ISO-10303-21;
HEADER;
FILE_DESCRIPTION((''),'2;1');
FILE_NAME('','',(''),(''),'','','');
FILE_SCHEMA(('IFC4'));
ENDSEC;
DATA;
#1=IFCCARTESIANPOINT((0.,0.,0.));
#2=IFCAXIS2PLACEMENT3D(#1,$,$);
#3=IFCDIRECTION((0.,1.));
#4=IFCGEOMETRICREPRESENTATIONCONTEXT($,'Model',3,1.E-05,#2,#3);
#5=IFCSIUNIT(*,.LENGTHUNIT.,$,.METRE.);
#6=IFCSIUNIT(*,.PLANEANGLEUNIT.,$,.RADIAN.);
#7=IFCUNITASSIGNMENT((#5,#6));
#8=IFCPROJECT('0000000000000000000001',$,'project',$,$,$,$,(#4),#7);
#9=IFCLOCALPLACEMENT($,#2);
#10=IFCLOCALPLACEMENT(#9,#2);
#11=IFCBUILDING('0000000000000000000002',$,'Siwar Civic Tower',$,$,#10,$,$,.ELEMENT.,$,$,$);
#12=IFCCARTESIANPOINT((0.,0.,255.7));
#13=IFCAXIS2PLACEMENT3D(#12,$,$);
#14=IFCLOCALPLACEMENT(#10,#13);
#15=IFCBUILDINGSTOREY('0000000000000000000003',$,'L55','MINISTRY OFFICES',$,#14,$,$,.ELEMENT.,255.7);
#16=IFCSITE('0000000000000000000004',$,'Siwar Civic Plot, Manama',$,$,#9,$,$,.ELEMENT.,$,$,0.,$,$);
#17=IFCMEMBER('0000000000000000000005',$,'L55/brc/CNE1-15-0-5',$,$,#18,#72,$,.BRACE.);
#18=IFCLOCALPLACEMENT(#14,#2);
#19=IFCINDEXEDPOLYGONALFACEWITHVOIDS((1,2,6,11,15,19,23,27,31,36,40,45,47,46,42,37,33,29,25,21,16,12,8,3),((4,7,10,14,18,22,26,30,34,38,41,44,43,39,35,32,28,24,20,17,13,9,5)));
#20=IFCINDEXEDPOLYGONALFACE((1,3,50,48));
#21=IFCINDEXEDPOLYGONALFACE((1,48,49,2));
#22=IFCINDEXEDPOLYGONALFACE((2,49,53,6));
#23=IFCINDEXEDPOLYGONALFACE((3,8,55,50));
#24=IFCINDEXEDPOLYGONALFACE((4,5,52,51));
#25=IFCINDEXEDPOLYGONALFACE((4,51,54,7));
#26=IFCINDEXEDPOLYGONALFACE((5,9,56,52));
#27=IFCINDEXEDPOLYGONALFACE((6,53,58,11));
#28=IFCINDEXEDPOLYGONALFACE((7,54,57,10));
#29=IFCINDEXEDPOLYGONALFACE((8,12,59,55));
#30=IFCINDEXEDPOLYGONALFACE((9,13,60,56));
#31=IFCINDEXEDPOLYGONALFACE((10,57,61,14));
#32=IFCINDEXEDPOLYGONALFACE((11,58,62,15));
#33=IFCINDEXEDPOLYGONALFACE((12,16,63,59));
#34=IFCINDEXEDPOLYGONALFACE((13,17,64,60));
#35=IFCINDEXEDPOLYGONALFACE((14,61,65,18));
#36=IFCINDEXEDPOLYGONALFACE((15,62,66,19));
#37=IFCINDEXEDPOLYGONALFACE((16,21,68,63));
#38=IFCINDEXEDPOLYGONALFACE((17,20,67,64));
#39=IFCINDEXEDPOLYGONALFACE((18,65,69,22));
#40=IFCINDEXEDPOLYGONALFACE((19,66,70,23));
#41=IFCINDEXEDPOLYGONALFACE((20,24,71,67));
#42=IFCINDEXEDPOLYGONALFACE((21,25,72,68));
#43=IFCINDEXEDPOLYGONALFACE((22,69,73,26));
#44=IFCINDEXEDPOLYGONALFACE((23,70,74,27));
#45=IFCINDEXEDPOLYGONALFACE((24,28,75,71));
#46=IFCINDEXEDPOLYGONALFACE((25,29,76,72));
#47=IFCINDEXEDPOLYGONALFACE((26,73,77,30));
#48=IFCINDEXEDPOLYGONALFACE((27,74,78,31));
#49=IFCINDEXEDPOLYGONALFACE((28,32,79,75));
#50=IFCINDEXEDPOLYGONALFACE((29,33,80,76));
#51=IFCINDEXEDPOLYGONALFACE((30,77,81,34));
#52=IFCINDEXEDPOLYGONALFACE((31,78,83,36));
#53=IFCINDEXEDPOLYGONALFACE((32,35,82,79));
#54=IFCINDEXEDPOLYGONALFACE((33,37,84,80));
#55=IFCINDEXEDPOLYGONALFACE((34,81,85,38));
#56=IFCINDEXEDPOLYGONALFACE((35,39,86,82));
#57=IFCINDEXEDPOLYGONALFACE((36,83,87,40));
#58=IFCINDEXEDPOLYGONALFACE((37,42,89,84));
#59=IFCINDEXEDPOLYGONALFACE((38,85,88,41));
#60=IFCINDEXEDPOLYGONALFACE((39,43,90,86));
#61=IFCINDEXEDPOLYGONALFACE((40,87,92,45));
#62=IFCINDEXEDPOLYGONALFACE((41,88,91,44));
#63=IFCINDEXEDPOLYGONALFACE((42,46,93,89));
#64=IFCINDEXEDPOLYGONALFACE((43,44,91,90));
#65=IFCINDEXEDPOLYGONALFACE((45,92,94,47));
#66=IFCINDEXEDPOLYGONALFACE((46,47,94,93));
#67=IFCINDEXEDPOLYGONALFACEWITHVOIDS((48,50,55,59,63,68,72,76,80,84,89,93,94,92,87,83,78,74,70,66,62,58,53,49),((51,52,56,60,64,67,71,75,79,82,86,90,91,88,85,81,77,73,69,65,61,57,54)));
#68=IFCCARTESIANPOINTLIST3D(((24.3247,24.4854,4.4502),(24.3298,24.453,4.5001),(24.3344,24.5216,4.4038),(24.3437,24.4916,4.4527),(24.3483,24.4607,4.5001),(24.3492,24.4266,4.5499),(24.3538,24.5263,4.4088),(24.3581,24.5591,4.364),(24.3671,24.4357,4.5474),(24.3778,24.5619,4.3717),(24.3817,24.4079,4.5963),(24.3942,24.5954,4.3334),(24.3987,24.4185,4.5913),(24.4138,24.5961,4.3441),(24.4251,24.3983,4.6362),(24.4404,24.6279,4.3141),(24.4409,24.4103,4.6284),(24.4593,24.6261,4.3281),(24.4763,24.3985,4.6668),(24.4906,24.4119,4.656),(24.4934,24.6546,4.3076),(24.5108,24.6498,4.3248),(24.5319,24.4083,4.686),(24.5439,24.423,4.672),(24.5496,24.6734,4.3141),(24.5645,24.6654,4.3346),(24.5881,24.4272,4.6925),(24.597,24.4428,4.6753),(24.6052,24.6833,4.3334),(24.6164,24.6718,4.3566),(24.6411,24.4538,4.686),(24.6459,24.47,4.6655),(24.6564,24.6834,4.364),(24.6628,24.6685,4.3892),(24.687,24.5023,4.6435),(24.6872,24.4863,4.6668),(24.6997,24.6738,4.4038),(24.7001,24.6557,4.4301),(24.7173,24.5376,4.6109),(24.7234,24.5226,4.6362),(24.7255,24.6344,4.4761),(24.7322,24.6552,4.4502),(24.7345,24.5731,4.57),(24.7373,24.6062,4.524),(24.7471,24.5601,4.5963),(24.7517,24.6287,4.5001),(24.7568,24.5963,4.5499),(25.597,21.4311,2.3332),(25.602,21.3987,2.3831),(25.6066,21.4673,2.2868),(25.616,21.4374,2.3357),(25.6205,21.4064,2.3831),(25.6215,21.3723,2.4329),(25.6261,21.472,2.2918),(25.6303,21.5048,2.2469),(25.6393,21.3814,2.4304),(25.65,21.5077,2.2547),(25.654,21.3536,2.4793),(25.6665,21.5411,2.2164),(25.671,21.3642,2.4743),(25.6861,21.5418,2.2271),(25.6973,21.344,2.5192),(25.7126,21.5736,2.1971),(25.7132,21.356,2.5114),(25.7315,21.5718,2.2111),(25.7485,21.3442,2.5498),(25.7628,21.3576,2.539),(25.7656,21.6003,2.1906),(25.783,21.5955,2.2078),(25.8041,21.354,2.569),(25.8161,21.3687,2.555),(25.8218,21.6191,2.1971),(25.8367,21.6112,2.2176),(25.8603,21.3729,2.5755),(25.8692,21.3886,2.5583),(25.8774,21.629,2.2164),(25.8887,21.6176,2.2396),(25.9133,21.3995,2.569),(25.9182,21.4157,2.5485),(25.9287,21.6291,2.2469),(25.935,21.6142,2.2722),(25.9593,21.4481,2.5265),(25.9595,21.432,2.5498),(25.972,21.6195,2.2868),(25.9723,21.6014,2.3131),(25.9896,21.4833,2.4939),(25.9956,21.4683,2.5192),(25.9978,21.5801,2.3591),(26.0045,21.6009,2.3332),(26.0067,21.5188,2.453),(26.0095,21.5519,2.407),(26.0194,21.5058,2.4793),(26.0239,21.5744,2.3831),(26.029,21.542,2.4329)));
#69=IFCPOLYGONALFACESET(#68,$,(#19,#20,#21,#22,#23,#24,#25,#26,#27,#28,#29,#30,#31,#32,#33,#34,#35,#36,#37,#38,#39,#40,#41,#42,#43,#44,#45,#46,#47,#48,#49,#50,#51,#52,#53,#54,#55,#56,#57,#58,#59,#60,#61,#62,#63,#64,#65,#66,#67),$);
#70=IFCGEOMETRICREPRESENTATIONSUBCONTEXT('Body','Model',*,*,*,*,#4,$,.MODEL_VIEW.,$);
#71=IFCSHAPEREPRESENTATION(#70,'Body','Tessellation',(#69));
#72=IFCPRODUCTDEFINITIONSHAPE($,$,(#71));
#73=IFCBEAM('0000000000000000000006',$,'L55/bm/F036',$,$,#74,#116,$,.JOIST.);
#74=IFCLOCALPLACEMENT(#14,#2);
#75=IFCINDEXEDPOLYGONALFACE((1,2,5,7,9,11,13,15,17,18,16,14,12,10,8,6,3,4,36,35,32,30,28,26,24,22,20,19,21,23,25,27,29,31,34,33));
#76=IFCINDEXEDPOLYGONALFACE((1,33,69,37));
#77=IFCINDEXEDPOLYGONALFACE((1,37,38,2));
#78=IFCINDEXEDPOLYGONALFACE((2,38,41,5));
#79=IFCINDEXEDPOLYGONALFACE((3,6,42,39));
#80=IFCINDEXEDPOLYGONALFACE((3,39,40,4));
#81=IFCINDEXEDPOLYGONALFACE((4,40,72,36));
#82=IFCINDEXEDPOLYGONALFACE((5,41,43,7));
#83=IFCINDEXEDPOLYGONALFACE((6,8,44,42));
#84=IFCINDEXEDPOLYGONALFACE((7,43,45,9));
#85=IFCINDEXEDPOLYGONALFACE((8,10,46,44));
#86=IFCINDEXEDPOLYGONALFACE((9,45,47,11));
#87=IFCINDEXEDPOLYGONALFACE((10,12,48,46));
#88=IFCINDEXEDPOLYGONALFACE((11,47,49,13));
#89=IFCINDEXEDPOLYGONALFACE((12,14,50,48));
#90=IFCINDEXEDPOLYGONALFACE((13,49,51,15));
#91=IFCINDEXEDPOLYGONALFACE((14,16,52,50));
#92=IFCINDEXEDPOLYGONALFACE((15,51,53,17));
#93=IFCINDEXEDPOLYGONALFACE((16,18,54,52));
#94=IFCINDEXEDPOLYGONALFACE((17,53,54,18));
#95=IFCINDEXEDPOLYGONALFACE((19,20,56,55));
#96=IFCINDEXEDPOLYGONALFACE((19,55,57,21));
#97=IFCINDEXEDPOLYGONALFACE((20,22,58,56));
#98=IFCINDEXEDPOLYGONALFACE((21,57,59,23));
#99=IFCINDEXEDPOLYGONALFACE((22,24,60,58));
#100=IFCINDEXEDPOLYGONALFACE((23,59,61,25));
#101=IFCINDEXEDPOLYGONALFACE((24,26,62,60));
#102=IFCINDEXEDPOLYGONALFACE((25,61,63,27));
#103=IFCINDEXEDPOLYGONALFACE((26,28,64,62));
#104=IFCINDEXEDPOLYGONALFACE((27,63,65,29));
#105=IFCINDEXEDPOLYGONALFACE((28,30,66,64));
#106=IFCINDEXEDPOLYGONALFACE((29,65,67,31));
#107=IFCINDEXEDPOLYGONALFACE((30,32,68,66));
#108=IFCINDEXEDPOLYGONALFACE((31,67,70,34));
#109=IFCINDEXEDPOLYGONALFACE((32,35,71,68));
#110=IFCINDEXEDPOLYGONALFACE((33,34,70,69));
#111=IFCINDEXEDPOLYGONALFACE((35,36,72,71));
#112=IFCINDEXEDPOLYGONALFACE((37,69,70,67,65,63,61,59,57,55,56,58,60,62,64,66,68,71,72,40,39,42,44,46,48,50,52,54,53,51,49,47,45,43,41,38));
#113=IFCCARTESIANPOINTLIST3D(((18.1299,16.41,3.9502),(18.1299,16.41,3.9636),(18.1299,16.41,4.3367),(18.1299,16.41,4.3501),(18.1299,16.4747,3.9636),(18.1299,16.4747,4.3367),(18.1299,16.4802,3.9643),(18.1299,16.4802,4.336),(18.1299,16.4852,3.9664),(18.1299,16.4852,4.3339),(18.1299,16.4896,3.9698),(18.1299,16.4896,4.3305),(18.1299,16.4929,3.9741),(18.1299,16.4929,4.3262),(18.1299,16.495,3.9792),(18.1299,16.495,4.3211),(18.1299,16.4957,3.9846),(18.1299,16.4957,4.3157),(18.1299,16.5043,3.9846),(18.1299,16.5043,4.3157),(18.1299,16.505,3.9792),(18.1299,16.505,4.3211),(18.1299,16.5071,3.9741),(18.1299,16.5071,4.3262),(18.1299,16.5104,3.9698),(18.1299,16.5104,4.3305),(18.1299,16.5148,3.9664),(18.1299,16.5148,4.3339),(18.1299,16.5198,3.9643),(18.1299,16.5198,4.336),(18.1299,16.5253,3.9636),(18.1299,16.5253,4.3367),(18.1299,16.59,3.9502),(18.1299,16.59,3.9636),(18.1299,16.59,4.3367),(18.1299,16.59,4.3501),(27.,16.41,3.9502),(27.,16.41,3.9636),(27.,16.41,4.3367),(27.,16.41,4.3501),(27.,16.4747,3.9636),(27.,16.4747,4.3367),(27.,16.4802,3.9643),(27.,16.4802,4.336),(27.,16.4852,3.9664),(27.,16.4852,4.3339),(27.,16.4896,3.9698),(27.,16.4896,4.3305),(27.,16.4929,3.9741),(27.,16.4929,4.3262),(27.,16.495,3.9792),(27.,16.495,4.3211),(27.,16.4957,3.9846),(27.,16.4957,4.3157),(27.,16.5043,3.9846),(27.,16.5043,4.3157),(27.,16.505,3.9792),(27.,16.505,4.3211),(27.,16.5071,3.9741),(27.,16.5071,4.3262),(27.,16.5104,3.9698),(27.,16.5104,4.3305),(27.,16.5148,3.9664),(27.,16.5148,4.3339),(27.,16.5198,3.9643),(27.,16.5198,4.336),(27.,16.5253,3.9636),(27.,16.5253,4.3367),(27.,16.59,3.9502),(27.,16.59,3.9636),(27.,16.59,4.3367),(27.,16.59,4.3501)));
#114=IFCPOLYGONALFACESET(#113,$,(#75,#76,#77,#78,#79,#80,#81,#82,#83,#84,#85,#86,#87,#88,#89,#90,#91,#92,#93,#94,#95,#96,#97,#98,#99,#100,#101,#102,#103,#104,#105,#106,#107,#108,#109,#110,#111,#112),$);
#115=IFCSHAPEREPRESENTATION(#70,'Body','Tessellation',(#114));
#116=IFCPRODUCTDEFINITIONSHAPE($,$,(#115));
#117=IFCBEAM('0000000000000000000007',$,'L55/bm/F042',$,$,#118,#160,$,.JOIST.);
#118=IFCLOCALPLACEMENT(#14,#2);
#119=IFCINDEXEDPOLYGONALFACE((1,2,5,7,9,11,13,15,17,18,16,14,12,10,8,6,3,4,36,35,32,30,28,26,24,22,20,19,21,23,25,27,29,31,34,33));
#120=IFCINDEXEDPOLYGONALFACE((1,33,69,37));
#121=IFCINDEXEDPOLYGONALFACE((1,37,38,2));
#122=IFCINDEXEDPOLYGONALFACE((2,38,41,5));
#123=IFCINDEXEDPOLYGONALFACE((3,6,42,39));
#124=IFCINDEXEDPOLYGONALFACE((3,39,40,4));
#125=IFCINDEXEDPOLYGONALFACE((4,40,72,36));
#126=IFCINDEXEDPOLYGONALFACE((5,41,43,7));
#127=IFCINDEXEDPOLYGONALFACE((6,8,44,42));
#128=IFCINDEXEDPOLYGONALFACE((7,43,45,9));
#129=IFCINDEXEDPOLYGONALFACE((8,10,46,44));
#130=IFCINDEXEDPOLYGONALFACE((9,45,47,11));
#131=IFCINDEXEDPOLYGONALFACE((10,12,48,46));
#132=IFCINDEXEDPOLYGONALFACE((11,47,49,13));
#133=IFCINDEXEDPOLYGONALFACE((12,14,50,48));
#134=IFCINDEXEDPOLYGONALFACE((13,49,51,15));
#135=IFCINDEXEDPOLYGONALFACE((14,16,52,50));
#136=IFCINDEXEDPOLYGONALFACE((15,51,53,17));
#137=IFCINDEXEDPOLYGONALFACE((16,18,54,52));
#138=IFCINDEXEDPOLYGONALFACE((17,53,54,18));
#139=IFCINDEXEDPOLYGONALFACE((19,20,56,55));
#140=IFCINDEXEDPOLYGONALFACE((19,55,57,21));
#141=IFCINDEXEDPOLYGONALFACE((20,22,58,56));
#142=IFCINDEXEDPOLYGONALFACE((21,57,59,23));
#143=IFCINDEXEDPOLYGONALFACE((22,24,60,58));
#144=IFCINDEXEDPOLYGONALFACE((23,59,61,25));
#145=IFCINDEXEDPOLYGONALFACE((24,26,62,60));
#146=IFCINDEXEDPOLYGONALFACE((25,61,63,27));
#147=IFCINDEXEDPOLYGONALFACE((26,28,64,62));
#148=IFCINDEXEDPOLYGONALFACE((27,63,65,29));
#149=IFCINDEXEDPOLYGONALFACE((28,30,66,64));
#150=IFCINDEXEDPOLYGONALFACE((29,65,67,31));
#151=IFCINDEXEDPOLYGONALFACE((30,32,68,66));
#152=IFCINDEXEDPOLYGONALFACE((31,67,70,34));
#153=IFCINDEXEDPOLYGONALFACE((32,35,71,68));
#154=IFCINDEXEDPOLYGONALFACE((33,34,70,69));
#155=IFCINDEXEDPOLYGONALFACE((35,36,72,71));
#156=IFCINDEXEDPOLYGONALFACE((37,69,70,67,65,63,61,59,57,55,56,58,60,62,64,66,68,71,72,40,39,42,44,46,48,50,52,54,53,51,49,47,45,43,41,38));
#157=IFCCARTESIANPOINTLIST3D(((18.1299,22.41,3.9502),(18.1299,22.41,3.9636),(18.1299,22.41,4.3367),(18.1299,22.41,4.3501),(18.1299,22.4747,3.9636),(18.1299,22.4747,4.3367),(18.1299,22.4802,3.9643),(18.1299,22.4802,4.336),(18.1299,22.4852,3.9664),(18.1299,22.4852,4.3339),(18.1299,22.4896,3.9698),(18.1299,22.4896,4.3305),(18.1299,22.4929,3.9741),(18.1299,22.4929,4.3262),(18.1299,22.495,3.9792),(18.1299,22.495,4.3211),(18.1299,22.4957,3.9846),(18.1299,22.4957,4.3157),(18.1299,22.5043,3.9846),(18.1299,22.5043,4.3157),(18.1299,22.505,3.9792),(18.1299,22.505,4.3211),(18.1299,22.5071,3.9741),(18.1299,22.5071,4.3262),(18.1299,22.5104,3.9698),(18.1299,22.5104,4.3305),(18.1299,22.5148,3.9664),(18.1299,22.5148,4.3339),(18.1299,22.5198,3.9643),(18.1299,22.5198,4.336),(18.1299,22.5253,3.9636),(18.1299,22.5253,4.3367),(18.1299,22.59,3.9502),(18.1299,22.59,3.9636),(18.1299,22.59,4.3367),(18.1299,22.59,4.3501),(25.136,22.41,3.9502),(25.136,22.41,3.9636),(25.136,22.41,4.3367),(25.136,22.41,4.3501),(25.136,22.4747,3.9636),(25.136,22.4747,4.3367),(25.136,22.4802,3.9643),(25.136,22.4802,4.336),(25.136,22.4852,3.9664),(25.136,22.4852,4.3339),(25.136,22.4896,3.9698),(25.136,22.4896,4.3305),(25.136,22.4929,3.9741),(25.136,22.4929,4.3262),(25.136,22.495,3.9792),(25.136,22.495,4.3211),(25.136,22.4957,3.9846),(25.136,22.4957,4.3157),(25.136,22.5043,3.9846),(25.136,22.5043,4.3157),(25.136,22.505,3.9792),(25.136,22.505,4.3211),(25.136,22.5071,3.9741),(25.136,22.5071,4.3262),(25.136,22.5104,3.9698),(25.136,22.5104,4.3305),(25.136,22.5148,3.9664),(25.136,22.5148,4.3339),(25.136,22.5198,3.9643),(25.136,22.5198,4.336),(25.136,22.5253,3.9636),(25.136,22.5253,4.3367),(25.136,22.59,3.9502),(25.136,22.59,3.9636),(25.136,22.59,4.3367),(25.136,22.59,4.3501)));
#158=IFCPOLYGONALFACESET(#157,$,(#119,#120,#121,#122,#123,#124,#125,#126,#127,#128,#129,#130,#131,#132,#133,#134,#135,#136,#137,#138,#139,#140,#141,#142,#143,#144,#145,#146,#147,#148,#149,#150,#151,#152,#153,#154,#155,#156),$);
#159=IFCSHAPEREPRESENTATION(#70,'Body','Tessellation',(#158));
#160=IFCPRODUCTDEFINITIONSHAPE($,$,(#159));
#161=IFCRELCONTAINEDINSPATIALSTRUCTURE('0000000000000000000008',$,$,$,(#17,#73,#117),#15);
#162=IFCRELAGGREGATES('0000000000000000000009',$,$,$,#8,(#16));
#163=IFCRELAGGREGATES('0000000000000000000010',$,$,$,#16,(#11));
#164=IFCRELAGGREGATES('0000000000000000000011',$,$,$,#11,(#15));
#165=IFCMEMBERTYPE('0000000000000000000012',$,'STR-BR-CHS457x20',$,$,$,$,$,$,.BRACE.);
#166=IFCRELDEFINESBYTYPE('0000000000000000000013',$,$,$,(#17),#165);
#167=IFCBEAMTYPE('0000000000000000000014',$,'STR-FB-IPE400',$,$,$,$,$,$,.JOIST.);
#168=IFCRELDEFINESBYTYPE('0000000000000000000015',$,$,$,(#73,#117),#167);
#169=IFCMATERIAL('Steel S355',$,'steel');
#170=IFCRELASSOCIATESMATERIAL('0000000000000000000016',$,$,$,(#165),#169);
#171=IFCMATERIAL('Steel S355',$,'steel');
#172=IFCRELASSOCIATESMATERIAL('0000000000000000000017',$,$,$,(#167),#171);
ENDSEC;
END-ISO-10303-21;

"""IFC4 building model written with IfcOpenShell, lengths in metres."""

from ifc_helpers import new_model, si_unit, direction, frame, origin, origin_2d, place, context, subcontext, project, spatial, hollow_circle, i_section, extrude, material, material_profile, profile_set, type_object, element, save


model = new_model("IFC4")

# Units and contexts
model_context = context("Model", 3, precision=1e-05, world=origin(), true_north=direction((0.0, 1.0)))
body_context = subcontext(model_context, "Body", "Model", "MODEL_VIEW")
ifc_project = project(units=[si_unit("LENGTHUNIT", "METRE"), si_unit("PLANEANGLEUNIT", "RADIAN")], contexts=[model_context])

# Site, building, storey
site_placement = place(None, origin())
site = spatial("IfcSite", under=ifc_project, at=site_placement, Name="Siwar Civic Plot, Manama", CompositionType="ELEMENT", RefElevation=0.0)
building_placement = place(site_placement, origin())
building = spatial("IfcBuilding", under=site, at=building_placement, Name="Siwar Civic Tower", CompositionType="ELEMENT")
storey_placement = place(building_placement, frame((0.0, 0.0, 255.7)))
storey = spatial("IfcBuildingStorey", under=building, at=storey_placement, Name="L55", Description="MINISTRY OFFICES", CompositionType="ELEMENT", Elevation=255.7)

# Member
ifc_material_1 = material(Name="Steel S355", Category="steel")
ifc_material_profile_1 = material_profile(ifc_material_1, hollow_circle(Radius=0.2285, WallThickness=0.02, at=origin_2d()), Name="CHS457x20")
ifc_profile_set_1 = profile_set([ifc_material_profile_1], Name="Steel S355")
member_type_1 = type_object("IfcMemberType", Name="STR-BR-CHS457x20", PredefinedType="BRACE", material=ifc_profile_set_1)
for number, where, z_axis, x_axis, name in (
    (1, (25.813, 21.4866, 2.3831), (-0.323895, 0.777572, 0.538955), (-0.923116, -0.384521, 0.0), "L55/brc/CNE1-15-0-5"),
):
    element("IfcMember", number, at=place(storey_placement, frame(where, z_axis=z_axis, x_axis=x_axis)), inside=storey, type_object=member_type_1, Name=name, PredefinedType="BRACE", context=body_context, shape_type="SweptSolid", body=[
        extrude(hollow_circle(Radius=0.2285, WallThickness=0.02, at=origin_2d()), origin(), (0.0, 0.0, 1.0), 3.928),
    ])

# Beams
ifc_material_2 = material(Name="Steel S355", Category="steel")
ifc_material_profile_2 = material_profile(ifc_material_2, i_section(OverallWidth=0.1799, OverallDepth=0.3999, WebThickness=0.0085, FlangeThickness=0.0134, FilletRadius=0.021, at=origin_2d()), Name="IPE400")
ifc_profile_set_2 = profile_set([ifc_material_profile_2], Name="Steel S355")
beam_type_1 = type_object("IfcBeamType", Name="STR-FB-IPE400", PredefinedType="JOIST", material=ifc_profile_set_2)
beam_1_placement = place(storey_placement, frame((18.1299, 16.5, 4.1501), z_axis=(1.0, 0.0, 0.0), x_axis=(0.0, 1.0, 0.0)))
element("IfcBeam", 2, at=beam_1_placement, inside=storey, type_object=beam_type_1, Name="L55/bm/F036", PredefinedType="JOIST", context=body_context, shape_type="SweptSolid", body=[
    extrude(i_section(OverallWidth=0.1799, OverallDepth=0.3999, WebThickness=0.0085, FlangeThickness=0.0134, FilletRadius=0.021, at=origin_2d()), origin(), (0.0, 0.0, 1.0), 8.8701),
])
beam_2_placement = place(storey_placement, frame((18.1299, 22.5, 4.1501), z_axis=(1.0, 0.0, 0.0), x_axis=(0.0, 1.0, 0.0)))
element("IfcBeam", 3, at=beam_2_placement, inside=storey, type_object=beam_type_1, Name="L55/bm/F042", PredefinedType="JOIST", context=body_context, shape_type="SweptSolid", body=[
    extrude(i_section(OverallWidth=0.1799, OverallDepth=0.3999, WebThickness=0.0085, FlangeThickness=0.0134, FilletRadius=0.021, at=origin_2d()), origin(), (0.0, 0.0, 1.0), 7.0061),
])

save(model, "model.ifc")
